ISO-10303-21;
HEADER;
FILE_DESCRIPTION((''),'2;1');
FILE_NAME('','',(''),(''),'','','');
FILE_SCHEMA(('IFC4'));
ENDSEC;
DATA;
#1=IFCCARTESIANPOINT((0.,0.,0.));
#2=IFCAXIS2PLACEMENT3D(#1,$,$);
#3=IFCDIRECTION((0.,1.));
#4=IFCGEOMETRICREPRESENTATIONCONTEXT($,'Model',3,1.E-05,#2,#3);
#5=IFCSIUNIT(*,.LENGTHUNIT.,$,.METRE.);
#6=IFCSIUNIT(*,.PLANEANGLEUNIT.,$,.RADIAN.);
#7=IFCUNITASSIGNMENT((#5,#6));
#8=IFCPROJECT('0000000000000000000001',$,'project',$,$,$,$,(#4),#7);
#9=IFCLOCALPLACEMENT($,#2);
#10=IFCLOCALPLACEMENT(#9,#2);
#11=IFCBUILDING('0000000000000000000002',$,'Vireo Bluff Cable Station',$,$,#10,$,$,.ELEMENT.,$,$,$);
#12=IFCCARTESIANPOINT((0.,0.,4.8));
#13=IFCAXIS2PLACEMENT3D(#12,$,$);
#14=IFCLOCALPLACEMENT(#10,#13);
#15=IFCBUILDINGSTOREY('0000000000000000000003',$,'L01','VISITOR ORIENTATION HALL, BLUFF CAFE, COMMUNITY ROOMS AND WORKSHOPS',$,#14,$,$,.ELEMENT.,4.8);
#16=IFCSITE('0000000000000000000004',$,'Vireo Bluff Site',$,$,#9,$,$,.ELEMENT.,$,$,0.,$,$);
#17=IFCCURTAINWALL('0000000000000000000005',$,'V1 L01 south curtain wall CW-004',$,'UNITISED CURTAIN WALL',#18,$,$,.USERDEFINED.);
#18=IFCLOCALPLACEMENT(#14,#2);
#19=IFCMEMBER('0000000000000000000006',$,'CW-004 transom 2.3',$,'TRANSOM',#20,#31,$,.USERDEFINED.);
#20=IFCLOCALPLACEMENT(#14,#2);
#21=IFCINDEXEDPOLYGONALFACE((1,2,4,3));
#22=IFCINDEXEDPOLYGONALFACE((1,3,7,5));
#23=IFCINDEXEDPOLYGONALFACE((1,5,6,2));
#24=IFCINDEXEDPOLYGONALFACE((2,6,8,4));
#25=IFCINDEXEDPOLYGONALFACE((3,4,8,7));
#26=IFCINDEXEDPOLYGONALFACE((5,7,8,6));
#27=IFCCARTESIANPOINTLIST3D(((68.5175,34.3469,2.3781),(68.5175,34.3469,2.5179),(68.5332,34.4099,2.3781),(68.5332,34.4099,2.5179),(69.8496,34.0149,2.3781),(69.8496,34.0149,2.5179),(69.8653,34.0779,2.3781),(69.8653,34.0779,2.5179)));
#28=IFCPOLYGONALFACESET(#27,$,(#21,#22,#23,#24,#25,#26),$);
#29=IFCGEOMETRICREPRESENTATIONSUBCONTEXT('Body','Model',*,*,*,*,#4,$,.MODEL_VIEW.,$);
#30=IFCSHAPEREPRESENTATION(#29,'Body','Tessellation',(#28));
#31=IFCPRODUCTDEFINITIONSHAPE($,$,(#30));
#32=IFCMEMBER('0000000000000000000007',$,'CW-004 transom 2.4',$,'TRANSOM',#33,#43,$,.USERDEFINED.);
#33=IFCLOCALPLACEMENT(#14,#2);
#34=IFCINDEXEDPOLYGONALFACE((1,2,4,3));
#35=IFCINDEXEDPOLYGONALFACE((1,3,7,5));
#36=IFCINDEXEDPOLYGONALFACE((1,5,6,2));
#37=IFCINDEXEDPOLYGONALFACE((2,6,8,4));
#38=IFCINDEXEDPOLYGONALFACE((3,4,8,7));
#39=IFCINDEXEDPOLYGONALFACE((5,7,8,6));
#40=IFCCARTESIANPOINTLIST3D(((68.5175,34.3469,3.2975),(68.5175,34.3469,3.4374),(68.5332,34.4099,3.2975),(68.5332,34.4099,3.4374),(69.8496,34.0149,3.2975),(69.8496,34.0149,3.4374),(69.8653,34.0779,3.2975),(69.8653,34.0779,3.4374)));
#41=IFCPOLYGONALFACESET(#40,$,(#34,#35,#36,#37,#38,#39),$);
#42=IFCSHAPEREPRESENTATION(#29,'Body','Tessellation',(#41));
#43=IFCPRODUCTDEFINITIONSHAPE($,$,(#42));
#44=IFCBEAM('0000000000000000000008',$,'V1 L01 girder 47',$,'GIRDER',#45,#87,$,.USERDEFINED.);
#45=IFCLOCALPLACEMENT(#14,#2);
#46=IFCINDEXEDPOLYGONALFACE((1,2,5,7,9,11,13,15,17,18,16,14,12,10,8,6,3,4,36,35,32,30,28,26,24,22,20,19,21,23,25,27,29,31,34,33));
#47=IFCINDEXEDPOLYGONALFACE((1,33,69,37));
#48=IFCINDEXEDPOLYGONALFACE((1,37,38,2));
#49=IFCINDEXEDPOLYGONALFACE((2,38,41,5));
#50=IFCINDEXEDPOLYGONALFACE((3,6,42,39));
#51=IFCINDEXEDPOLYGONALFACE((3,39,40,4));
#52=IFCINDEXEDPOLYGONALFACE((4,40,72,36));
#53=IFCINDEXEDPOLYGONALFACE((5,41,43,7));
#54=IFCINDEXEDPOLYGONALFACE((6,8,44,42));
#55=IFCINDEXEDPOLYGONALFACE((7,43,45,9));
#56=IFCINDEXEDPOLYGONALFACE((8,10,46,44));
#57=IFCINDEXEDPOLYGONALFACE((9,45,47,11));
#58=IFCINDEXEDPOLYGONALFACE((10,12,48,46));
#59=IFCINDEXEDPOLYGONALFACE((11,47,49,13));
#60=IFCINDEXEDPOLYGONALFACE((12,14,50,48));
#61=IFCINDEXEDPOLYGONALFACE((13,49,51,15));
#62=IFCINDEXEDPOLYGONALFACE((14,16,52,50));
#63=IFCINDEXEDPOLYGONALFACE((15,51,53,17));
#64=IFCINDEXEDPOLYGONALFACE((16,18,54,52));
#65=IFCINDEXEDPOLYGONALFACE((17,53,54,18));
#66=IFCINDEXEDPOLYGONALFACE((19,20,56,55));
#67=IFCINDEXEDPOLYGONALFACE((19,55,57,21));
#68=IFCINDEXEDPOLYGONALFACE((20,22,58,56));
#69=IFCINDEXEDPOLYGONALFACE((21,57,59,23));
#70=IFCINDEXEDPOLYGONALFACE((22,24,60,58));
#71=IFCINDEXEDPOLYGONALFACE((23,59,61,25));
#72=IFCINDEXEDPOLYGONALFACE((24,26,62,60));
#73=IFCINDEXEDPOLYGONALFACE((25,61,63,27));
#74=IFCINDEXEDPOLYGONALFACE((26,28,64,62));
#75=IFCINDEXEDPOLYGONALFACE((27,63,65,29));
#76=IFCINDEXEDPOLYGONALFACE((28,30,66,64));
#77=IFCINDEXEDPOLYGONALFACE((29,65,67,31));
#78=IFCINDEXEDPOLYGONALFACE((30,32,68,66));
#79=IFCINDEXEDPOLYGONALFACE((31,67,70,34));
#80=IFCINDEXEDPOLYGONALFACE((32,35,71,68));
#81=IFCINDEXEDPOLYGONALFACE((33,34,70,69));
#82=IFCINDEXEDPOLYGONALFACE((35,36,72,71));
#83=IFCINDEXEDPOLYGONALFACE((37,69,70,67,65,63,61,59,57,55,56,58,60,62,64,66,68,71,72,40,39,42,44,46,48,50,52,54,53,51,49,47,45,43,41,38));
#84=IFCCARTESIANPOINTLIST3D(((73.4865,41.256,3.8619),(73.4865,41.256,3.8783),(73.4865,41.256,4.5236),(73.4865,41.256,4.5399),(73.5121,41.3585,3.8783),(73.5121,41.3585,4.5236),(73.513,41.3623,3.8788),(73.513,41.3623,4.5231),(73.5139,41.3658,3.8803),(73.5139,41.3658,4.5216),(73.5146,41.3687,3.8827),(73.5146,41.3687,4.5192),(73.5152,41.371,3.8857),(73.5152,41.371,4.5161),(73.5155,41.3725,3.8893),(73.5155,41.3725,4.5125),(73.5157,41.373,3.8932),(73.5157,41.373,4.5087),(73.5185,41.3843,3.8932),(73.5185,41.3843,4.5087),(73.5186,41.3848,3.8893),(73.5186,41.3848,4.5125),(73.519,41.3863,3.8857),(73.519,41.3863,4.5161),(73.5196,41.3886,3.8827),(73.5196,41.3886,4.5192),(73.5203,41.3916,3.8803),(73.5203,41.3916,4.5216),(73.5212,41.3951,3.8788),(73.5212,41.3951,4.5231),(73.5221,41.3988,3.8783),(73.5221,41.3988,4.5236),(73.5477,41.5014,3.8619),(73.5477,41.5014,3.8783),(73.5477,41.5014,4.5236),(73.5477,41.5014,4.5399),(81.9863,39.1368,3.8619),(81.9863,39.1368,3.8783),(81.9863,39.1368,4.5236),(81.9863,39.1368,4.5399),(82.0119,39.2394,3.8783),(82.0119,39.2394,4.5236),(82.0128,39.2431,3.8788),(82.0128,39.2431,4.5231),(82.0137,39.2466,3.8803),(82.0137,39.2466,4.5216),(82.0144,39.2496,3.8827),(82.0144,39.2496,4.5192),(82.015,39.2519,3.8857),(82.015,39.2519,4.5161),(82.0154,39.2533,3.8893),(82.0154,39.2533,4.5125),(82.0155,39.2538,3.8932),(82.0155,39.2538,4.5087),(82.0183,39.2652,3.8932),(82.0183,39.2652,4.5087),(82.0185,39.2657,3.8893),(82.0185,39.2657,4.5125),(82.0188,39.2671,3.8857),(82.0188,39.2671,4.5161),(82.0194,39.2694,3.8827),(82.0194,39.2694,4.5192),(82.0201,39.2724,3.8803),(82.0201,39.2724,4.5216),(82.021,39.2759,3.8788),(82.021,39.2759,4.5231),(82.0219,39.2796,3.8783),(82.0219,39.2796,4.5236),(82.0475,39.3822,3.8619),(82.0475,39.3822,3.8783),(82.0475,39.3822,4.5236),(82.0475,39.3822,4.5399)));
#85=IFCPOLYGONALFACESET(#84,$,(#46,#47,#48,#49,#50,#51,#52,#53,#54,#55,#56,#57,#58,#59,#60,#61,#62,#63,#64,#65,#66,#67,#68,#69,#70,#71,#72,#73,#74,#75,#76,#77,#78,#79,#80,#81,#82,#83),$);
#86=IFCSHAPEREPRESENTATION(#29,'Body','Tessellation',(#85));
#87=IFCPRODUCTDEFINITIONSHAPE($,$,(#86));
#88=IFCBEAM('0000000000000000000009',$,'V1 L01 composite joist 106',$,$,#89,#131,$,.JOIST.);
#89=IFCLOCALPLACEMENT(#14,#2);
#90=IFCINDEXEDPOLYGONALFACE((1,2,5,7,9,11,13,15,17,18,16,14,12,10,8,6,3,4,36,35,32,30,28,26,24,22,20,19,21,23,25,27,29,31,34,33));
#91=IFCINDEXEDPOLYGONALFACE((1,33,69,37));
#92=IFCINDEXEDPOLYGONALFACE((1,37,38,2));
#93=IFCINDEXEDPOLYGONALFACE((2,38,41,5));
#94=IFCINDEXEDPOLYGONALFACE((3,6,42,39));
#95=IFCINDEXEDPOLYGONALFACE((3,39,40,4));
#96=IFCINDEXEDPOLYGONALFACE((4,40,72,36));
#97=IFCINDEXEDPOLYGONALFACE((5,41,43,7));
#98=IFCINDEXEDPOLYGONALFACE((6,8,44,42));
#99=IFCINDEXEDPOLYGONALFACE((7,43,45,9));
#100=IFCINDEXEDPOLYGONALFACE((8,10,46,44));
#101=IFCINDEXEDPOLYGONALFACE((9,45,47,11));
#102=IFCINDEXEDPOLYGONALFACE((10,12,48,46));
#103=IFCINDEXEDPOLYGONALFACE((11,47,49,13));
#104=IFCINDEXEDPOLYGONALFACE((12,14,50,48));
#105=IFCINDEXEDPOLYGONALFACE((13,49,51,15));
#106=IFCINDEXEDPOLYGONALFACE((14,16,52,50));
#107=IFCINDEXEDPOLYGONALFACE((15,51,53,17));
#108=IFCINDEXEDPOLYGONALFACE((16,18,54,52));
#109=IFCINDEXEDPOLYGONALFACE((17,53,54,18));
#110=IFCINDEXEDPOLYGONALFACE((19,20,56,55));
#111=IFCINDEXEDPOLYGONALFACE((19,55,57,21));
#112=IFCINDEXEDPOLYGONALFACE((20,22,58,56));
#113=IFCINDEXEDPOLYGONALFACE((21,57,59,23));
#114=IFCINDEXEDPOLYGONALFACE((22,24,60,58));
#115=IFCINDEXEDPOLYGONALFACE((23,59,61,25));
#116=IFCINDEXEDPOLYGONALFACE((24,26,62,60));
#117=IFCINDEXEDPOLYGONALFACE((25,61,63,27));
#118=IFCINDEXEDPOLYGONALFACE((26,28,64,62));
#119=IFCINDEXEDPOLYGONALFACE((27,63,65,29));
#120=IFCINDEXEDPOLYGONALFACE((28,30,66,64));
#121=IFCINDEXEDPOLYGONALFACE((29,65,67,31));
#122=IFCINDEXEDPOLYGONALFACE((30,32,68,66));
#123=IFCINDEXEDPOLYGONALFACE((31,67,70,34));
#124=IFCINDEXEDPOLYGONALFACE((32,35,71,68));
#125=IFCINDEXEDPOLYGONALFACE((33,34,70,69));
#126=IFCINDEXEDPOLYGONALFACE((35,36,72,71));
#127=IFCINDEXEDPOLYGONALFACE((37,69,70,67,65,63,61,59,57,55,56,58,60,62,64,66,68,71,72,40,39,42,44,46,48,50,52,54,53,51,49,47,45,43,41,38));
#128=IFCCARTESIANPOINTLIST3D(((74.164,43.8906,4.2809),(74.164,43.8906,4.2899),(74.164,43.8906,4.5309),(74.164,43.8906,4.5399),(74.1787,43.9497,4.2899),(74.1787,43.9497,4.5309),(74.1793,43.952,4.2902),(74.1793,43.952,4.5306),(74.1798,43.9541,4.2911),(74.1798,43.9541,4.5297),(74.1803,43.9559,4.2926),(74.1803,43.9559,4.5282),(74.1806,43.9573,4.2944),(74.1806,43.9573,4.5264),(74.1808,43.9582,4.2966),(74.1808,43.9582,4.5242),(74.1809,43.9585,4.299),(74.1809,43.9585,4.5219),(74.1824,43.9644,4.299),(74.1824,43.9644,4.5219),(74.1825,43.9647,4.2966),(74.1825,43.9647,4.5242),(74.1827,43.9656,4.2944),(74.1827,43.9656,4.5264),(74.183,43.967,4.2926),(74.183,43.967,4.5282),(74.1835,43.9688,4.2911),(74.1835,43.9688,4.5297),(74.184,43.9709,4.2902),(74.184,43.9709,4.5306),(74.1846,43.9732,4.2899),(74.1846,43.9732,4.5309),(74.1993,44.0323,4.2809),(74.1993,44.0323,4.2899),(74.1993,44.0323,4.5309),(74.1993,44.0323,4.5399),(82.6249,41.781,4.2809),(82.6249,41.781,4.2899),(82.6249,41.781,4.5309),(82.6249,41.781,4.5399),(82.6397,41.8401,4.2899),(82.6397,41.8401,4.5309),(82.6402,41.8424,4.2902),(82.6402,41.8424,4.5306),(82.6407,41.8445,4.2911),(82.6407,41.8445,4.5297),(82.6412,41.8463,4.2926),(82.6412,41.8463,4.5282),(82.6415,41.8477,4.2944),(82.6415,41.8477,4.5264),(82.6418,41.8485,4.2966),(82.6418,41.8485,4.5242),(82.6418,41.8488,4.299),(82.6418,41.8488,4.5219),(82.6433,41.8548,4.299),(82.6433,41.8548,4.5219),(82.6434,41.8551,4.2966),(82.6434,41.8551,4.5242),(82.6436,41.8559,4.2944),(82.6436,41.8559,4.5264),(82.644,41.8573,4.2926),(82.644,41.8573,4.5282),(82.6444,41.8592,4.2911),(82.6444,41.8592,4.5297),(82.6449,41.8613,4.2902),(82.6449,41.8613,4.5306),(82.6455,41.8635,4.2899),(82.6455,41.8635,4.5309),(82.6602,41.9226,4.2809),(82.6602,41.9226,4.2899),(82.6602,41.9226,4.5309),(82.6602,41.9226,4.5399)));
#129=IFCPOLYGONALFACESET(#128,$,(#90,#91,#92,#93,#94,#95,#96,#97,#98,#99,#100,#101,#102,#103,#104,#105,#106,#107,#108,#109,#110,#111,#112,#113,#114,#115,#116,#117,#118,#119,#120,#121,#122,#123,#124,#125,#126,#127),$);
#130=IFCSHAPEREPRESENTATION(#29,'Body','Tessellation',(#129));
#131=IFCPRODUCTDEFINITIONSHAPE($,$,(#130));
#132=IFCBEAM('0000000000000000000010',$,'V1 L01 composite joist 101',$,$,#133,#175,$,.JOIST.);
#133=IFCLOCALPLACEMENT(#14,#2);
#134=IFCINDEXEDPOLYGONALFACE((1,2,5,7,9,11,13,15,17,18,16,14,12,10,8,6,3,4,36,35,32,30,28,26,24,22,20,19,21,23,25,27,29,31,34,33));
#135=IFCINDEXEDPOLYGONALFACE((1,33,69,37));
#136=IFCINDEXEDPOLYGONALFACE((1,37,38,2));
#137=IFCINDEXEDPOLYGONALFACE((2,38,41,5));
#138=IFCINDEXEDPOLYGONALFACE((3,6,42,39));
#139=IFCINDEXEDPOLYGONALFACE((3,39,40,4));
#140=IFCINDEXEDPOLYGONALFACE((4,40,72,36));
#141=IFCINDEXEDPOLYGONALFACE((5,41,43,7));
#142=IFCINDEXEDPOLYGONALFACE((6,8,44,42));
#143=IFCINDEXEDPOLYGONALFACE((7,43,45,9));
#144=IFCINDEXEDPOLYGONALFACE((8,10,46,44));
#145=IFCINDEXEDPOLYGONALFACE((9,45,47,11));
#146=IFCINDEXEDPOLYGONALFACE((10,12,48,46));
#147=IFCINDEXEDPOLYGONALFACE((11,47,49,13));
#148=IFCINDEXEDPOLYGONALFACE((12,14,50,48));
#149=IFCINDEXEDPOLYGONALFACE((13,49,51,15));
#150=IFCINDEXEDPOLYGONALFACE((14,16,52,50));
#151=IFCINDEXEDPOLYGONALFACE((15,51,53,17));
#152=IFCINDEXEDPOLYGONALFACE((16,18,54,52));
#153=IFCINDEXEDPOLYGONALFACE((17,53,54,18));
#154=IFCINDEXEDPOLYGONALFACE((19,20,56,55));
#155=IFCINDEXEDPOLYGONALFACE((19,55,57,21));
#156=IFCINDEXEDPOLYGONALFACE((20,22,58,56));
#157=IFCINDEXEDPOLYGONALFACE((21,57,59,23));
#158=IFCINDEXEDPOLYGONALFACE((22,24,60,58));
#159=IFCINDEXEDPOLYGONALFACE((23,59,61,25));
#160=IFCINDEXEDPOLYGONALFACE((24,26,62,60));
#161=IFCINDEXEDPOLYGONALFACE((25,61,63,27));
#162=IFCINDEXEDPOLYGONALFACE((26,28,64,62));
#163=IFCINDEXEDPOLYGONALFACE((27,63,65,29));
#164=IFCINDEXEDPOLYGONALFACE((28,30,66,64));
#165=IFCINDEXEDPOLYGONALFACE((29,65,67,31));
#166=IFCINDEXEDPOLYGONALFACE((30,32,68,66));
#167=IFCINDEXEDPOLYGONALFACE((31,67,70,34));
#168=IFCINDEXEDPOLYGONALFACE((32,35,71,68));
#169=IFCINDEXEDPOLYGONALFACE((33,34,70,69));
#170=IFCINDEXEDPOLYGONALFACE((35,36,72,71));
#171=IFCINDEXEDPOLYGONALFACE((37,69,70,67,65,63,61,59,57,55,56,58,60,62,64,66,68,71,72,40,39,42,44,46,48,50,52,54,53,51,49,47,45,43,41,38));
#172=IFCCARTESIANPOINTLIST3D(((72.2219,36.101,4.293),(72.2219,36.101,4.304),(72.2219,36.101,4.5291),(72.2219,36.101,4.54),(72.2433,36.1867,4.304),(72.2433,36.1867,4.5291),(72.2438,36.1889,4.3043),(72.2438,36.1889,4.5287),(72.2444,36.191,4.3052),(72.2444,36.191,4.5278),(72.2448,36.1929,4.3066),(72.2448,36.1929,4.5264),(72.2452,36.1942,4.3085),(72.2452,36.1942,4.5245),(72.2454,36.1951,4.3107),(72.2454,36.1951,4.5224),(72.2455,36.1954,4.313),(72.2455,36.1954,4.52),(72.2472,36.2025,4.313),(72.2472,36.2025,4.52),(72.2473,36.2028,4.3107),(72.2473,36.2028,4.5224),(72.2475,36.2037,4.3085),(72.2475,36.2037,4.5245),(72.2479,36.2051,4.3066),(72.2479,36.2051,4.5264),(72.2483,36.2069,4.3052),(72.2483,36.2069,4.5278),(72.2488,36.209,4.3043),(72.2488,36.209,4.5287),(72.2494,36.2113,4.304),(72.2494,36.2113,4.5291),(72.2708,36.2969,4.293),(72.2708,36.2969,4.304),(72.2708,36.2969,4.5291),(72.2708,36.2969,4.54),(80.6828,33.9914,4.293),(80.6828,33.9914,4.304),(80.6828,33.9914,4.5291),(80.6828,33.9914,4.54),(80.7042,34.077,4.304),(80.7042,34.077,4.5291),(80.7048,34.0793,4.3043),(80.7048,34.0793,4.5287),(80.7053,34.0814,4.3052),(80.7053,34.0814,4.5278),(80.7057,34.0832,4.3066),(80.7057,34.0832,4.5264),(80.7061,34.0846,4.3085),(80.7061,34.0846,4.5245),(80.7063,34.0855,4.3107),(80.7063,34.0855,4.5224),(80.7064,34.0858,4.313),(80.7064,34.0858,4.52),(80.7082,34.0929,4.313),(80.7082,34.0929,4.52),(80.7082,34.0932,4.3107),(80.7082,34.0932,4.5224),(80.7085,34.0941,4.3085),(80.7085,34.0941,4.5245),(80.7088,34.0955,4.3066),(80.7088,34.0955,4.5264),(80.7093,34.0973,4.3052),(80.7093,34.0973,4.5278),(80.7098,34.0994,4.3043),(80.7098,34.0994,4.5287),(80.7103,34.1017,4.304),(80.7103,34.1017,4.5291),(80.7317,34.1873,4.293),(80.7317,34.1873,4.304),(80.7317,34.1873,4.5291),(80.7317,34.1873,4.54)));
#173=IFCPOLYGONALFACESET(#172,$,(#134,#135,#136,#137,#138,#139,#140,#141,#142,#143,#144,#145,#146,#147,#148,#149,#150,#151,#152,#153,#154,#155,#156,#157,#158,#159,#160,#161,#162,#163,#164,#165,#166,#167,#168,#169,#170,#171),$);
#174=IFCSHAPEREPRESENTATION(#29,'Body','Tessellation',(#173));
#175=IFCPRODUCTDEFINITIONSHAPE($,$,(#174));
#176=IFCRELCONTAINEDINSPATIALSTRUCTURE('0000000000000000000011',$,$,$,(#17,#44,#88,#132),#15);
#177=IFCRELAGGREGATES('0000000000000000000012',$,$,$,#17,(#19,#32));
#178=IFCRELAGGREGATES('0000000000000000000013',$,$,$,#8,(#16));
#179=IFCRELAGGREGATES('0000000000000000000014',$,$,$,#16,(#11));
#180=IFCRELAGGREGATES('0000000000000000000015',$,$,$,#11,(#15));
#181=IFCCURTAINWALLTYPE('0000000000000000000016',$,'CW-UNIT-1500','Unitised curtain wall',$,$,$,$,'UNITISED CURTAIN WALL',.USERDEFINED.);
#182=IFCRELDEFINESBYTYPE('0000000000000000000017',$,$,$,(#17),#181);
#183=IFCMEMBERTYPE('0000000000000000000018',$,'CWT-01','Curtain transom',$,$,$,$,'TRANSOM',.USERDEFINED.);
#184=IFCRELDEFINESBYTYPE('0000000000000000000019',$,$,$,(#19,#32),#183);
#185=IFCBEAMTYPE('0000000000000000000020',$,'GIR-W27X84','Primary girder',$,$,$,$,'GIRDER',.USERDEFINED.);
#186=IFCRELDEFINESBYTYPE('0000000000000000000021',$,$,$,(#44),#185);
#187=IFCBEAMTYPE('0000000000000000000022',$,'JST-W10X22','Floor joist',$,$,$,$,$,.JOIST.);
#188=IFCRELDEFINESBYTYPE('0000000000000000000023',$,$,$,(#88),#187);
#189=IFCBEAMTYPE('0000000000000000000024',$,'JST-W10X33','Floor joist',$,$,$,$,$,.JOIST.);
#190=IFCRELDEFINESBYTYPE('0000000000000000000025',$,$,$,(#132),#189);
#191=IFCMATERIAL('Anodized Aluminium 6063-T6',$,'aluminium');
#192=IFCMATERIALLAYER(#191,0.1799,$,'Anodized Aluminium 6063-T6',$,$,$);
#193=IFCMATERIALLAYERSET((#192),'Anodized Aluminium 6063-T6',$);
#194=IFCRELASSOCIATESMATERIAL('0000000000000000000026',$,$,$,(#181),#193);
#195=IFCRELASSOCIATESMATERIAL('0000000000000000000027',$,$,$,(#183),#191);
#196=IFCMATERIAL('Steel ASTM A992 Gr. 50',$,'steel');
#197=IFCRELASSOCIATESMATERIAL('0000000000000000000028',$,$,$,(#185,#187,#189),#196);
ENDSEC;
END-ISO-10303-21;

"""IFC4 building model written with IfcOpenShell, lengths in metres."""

from ifc_helpers import new_model, si_unit, direction, frame, origin, origin_2d, place, context, subcontext, project, spatial, rectangle, i_section, extrude, material, layer, layer_set, material_profile, profile_set, type_object, element, aggregate, save


model = new_model("IFC4")

# Units and contexts
model_context = context("Model", 3, precision=1e-05, world=origin(), true_north=direction((0.0, 1.0)))
body_context = subcontext(model_context, "Body", "Model", "MODEL_VIEW")
ifc_project = project(units=[si_unit("LENGTHUNIT", "METRE"), si_unit("PLANEANGLEUNIT", "RADIAN")], contexts=[model_context])

# Site, building, storey
site_placement = place(None, origin())
site = spatial("IfcSite", under=ifc_project, at=site_placement, Name="Vireo Bluff Site", CompositionType="ELEMENT", RefElevation=0.0)
building_placement = place(site_placement, origin())
building = spatial("IfcBuilding", under=site, at=building_placement, Name="Vireo Bluff Cable Station", CompositionType="ELEMENT")
storey_placement = place(building_placement, frame((0.0, 0.0, 4.8)))
storey = spatial("IfcBuildingStorey", under=building, at=storey_placement, Name="L01", Description="VISITOR ORIENTATION HALL, BLUFF CAFE, COMMUNITY ROOMS AND WORKSHOPS", CompositionType="ELEMENT", Elevation=4.8)

# Shared definitions
ifc_material_1 = material(Name="Steel ASTM A992 Gr. 50", Category="steel")

# Curtain wall, members
ifc_material_2 = material(Name="Anodized Aluminium 6063-T6", Category="aluminium")
ifc_layer_1 = layer(ifc_material_2, 0.1799, Name="Anodized Aluminium 6063-T6")
ifc_layer_set_1 = layer_set([ifc_layer_1], Name="Anodized Aluminium 6063-T6")
curtain_wall_type = type_object("IfcCurtainWallType", Name="CW-UNIT-1500", Description="Unitised curtain wall", ElementType="UNITISED CURTAIN WALL", PredefinedType="USERDEFINED", material=ifc_layer_set_1)
curtain_wall_placement = place(storey_placement, origin())
curtain_wall = element("IfcCurtainWall", 1, at=curtain_wall_placement, inside=storey, type_object=curtain_wall_type, Name="V1 L01 south curtain wall CW-004", ObjectType="UNITISED CURTAIN WALL", PredefinedType="USERDEFINED")
ifc_material_profile_1 = material_profile(ifc_material_2, rectangle(XDim=0.0649, YDim=0.1399, at=origin_2d()), Name="ALU-T-65X140")
ifc_profile_set_1 = profile_set([ifc_material_profile_1], Name="Anodized Aluminium 6063-T6")
member_type_1 = type_object("IfcMemberType", Name="CWT-01", Description="Curtain transom", ElementType="TRANSOM", PredefinedType="USERDEFINED", material=ifc_profile_set_1)
member_1_placement = place(storey_placement, frame((69.8574, 34.0464, 2.448), z_axis=(-0.97031, 0.241866, 0.0), x_axis=(-0.241866, -0.97031, 0.0)))
member_1 = element("IfcMember", 2, at=member_1_placement, type_object=member_type_1, Name="CW-004 transom 2.3", ObjectType="TRANSOM", PredefinedType="USERDEFINED", context=body_context, shape_type="SweptSolid", body=[
    extrude(rectangle(XDim=0.0649, YDim=0.1399, at=origin_2d()), origin(), (0.0, 0.0, 1.0), 1.3728),
])
member_2_placement = place(storey_placement, frame((69.8574, 34.0464, 3.3674), z_axis=(-0.97031, 0.241866, 0.0), x_axis=(-0.241866, -0.97031, 0.0)))
member_2 = element("IfcMember", 3, at=member_2_placement, type_object=member_type_1, Name="CW-004 transom 2.4", ObjectType="TRANSOM", PredefinedType="USERDEFINED", context=body_context, shape_type="SweptSolid", body=[
    extrude(rectangle(XDim=0.0649, YDim=0.1399, at=origin_2d()), origin(), (0.0, 0.0, 1.0), 1.3728),
])

# Beams
ifc_material_profile_2 = material_profile(ifc_material_1, i_section(OverallWidth=0.2529, OverallDepth=0.678, WebThickness=0.0117, FlangeThickness=0.0164, FilletRadius=0.0149, at=origin_2d()), Name="W27X84")
ifc_profile_set_2 = profile_set([ifc_material_profile_2], Name="Steel ASTM A992 Gr. 50")
beam_type_1 = type_object("IfcBeamType", Name="GIR-W27X84", Description="Primary girder", ElementType="GIRDER", PredefinedType="USERDEFINED", material=ifc_profile_set_2)
beam_1_placement = place(storey_placement, frame((73.5171, 41.3787, 4.2009), z_axis=(0.970298, -0.241913, 0.0), x_axis=(0.241913, 0.970298, 0.0)))
element("IfcBeam", 4, at=beam_1_placement, inside=storey, type_object=beam_type_1, Name="V1 L01 girder 47", ObjectType="GIRDER", PredefinedType="USERDEFINED", context=body_context, shape_type="SweptSolid", body=[
    extrude(i_section(OverallWidth=0.2529, OverallDepth=0.678, WebThickness=0.0117, FlangeThickness=0.0164, FilletRadius=0.0149, at=origin_2d()), origin(), (0.0, 0.0, 1.0), 8.76),
])
ifc_material_profile_3 = material_profile(ifc_material_1, i_section(OverallWidth=0.146, OverallDepth=0.259, WebThickness=0.0061, FlangeThickness=0.009, FilletRadius=0.009, at=origin_2d()), Name="W10X22")
ifc_profile_set_3 = profile_set([ifc_material_profile_3], Name="Steel ASTM A992 Gr. 50")
beam_type_2 = type_object("IfcBeamType", Name="JST-W10X22", Description="Floor joist", PredefinedType="JOIST", material=ifc_profile_set_3)
beam_2_placement = place(storey_placement, frame((74.1816, 43.9614, 4.4104), z_axis=(0.970294, -0.24193, 0.0), x_axis=(0.24193, 0.970294, 0.0)))
element("IfcBeam", 5, at=beam_2_placement, inside=storey, type_object=beam_type_2, Name="V1 L01 composite joist 106", PredefinedType="JOIST", context=body_context, shape_type="SweptSolid", body=[
    extrude(i_section(OverallWidth=0.146, OverallDepth=0.259, WebThickness=0.0061, FlangeThickness=0.009, FilletRadius=0.009, at=origin_2d()), origin(), (0.0, 0.0, 1.0), 8.72),
])
ifc_material_profile_4 = material_profile(ifc_material_1, i_section(OverallWidth=0.2019, OverallDepth=0.2471, WebThickness=0.0073, FlangeThickness=0.011, FilletRadius=0.009, at=origin_2d()), Name="W10X33")
ifc_profile_set_4 = profile_set([ifc_material_profile_4], Name="Steel ASTM A992 Gr. 50")
beam_type_3 = type_object("IfcBeamType", Name="JST-W10X33", Description="Floor joist", PredefinedType="JOIST", material=ifc_profile_set_4)
beam_3_placement = place(storey_placement, frame((72.2463, 36.199, 4.4165), z_axis=(0.970294, -0.24193, 0.0), x_axis=(0.24193, 0.970294, 0.0)))
element("IfcBeam", 6, at=beam_3_placement, inside=storey, type_object=beam_type_3, Name="V1 L01 composite joist 101", PredefinedType="JOIST", context=body_context, shape_type="SweptSolid", body=[
    extrude(i_section(OverallWidth=0.2019, OverallDepth=0.2471, WebThickness=0.0073, FlangeThickness=0.011, FilletRadius=0.009, at=origin_2d()), origin(), (0.0, 0.0, 1.0), 8.72),
])

aggregate(curtain_wall, [member_1, member_2])

save(model, "model.ifc")
